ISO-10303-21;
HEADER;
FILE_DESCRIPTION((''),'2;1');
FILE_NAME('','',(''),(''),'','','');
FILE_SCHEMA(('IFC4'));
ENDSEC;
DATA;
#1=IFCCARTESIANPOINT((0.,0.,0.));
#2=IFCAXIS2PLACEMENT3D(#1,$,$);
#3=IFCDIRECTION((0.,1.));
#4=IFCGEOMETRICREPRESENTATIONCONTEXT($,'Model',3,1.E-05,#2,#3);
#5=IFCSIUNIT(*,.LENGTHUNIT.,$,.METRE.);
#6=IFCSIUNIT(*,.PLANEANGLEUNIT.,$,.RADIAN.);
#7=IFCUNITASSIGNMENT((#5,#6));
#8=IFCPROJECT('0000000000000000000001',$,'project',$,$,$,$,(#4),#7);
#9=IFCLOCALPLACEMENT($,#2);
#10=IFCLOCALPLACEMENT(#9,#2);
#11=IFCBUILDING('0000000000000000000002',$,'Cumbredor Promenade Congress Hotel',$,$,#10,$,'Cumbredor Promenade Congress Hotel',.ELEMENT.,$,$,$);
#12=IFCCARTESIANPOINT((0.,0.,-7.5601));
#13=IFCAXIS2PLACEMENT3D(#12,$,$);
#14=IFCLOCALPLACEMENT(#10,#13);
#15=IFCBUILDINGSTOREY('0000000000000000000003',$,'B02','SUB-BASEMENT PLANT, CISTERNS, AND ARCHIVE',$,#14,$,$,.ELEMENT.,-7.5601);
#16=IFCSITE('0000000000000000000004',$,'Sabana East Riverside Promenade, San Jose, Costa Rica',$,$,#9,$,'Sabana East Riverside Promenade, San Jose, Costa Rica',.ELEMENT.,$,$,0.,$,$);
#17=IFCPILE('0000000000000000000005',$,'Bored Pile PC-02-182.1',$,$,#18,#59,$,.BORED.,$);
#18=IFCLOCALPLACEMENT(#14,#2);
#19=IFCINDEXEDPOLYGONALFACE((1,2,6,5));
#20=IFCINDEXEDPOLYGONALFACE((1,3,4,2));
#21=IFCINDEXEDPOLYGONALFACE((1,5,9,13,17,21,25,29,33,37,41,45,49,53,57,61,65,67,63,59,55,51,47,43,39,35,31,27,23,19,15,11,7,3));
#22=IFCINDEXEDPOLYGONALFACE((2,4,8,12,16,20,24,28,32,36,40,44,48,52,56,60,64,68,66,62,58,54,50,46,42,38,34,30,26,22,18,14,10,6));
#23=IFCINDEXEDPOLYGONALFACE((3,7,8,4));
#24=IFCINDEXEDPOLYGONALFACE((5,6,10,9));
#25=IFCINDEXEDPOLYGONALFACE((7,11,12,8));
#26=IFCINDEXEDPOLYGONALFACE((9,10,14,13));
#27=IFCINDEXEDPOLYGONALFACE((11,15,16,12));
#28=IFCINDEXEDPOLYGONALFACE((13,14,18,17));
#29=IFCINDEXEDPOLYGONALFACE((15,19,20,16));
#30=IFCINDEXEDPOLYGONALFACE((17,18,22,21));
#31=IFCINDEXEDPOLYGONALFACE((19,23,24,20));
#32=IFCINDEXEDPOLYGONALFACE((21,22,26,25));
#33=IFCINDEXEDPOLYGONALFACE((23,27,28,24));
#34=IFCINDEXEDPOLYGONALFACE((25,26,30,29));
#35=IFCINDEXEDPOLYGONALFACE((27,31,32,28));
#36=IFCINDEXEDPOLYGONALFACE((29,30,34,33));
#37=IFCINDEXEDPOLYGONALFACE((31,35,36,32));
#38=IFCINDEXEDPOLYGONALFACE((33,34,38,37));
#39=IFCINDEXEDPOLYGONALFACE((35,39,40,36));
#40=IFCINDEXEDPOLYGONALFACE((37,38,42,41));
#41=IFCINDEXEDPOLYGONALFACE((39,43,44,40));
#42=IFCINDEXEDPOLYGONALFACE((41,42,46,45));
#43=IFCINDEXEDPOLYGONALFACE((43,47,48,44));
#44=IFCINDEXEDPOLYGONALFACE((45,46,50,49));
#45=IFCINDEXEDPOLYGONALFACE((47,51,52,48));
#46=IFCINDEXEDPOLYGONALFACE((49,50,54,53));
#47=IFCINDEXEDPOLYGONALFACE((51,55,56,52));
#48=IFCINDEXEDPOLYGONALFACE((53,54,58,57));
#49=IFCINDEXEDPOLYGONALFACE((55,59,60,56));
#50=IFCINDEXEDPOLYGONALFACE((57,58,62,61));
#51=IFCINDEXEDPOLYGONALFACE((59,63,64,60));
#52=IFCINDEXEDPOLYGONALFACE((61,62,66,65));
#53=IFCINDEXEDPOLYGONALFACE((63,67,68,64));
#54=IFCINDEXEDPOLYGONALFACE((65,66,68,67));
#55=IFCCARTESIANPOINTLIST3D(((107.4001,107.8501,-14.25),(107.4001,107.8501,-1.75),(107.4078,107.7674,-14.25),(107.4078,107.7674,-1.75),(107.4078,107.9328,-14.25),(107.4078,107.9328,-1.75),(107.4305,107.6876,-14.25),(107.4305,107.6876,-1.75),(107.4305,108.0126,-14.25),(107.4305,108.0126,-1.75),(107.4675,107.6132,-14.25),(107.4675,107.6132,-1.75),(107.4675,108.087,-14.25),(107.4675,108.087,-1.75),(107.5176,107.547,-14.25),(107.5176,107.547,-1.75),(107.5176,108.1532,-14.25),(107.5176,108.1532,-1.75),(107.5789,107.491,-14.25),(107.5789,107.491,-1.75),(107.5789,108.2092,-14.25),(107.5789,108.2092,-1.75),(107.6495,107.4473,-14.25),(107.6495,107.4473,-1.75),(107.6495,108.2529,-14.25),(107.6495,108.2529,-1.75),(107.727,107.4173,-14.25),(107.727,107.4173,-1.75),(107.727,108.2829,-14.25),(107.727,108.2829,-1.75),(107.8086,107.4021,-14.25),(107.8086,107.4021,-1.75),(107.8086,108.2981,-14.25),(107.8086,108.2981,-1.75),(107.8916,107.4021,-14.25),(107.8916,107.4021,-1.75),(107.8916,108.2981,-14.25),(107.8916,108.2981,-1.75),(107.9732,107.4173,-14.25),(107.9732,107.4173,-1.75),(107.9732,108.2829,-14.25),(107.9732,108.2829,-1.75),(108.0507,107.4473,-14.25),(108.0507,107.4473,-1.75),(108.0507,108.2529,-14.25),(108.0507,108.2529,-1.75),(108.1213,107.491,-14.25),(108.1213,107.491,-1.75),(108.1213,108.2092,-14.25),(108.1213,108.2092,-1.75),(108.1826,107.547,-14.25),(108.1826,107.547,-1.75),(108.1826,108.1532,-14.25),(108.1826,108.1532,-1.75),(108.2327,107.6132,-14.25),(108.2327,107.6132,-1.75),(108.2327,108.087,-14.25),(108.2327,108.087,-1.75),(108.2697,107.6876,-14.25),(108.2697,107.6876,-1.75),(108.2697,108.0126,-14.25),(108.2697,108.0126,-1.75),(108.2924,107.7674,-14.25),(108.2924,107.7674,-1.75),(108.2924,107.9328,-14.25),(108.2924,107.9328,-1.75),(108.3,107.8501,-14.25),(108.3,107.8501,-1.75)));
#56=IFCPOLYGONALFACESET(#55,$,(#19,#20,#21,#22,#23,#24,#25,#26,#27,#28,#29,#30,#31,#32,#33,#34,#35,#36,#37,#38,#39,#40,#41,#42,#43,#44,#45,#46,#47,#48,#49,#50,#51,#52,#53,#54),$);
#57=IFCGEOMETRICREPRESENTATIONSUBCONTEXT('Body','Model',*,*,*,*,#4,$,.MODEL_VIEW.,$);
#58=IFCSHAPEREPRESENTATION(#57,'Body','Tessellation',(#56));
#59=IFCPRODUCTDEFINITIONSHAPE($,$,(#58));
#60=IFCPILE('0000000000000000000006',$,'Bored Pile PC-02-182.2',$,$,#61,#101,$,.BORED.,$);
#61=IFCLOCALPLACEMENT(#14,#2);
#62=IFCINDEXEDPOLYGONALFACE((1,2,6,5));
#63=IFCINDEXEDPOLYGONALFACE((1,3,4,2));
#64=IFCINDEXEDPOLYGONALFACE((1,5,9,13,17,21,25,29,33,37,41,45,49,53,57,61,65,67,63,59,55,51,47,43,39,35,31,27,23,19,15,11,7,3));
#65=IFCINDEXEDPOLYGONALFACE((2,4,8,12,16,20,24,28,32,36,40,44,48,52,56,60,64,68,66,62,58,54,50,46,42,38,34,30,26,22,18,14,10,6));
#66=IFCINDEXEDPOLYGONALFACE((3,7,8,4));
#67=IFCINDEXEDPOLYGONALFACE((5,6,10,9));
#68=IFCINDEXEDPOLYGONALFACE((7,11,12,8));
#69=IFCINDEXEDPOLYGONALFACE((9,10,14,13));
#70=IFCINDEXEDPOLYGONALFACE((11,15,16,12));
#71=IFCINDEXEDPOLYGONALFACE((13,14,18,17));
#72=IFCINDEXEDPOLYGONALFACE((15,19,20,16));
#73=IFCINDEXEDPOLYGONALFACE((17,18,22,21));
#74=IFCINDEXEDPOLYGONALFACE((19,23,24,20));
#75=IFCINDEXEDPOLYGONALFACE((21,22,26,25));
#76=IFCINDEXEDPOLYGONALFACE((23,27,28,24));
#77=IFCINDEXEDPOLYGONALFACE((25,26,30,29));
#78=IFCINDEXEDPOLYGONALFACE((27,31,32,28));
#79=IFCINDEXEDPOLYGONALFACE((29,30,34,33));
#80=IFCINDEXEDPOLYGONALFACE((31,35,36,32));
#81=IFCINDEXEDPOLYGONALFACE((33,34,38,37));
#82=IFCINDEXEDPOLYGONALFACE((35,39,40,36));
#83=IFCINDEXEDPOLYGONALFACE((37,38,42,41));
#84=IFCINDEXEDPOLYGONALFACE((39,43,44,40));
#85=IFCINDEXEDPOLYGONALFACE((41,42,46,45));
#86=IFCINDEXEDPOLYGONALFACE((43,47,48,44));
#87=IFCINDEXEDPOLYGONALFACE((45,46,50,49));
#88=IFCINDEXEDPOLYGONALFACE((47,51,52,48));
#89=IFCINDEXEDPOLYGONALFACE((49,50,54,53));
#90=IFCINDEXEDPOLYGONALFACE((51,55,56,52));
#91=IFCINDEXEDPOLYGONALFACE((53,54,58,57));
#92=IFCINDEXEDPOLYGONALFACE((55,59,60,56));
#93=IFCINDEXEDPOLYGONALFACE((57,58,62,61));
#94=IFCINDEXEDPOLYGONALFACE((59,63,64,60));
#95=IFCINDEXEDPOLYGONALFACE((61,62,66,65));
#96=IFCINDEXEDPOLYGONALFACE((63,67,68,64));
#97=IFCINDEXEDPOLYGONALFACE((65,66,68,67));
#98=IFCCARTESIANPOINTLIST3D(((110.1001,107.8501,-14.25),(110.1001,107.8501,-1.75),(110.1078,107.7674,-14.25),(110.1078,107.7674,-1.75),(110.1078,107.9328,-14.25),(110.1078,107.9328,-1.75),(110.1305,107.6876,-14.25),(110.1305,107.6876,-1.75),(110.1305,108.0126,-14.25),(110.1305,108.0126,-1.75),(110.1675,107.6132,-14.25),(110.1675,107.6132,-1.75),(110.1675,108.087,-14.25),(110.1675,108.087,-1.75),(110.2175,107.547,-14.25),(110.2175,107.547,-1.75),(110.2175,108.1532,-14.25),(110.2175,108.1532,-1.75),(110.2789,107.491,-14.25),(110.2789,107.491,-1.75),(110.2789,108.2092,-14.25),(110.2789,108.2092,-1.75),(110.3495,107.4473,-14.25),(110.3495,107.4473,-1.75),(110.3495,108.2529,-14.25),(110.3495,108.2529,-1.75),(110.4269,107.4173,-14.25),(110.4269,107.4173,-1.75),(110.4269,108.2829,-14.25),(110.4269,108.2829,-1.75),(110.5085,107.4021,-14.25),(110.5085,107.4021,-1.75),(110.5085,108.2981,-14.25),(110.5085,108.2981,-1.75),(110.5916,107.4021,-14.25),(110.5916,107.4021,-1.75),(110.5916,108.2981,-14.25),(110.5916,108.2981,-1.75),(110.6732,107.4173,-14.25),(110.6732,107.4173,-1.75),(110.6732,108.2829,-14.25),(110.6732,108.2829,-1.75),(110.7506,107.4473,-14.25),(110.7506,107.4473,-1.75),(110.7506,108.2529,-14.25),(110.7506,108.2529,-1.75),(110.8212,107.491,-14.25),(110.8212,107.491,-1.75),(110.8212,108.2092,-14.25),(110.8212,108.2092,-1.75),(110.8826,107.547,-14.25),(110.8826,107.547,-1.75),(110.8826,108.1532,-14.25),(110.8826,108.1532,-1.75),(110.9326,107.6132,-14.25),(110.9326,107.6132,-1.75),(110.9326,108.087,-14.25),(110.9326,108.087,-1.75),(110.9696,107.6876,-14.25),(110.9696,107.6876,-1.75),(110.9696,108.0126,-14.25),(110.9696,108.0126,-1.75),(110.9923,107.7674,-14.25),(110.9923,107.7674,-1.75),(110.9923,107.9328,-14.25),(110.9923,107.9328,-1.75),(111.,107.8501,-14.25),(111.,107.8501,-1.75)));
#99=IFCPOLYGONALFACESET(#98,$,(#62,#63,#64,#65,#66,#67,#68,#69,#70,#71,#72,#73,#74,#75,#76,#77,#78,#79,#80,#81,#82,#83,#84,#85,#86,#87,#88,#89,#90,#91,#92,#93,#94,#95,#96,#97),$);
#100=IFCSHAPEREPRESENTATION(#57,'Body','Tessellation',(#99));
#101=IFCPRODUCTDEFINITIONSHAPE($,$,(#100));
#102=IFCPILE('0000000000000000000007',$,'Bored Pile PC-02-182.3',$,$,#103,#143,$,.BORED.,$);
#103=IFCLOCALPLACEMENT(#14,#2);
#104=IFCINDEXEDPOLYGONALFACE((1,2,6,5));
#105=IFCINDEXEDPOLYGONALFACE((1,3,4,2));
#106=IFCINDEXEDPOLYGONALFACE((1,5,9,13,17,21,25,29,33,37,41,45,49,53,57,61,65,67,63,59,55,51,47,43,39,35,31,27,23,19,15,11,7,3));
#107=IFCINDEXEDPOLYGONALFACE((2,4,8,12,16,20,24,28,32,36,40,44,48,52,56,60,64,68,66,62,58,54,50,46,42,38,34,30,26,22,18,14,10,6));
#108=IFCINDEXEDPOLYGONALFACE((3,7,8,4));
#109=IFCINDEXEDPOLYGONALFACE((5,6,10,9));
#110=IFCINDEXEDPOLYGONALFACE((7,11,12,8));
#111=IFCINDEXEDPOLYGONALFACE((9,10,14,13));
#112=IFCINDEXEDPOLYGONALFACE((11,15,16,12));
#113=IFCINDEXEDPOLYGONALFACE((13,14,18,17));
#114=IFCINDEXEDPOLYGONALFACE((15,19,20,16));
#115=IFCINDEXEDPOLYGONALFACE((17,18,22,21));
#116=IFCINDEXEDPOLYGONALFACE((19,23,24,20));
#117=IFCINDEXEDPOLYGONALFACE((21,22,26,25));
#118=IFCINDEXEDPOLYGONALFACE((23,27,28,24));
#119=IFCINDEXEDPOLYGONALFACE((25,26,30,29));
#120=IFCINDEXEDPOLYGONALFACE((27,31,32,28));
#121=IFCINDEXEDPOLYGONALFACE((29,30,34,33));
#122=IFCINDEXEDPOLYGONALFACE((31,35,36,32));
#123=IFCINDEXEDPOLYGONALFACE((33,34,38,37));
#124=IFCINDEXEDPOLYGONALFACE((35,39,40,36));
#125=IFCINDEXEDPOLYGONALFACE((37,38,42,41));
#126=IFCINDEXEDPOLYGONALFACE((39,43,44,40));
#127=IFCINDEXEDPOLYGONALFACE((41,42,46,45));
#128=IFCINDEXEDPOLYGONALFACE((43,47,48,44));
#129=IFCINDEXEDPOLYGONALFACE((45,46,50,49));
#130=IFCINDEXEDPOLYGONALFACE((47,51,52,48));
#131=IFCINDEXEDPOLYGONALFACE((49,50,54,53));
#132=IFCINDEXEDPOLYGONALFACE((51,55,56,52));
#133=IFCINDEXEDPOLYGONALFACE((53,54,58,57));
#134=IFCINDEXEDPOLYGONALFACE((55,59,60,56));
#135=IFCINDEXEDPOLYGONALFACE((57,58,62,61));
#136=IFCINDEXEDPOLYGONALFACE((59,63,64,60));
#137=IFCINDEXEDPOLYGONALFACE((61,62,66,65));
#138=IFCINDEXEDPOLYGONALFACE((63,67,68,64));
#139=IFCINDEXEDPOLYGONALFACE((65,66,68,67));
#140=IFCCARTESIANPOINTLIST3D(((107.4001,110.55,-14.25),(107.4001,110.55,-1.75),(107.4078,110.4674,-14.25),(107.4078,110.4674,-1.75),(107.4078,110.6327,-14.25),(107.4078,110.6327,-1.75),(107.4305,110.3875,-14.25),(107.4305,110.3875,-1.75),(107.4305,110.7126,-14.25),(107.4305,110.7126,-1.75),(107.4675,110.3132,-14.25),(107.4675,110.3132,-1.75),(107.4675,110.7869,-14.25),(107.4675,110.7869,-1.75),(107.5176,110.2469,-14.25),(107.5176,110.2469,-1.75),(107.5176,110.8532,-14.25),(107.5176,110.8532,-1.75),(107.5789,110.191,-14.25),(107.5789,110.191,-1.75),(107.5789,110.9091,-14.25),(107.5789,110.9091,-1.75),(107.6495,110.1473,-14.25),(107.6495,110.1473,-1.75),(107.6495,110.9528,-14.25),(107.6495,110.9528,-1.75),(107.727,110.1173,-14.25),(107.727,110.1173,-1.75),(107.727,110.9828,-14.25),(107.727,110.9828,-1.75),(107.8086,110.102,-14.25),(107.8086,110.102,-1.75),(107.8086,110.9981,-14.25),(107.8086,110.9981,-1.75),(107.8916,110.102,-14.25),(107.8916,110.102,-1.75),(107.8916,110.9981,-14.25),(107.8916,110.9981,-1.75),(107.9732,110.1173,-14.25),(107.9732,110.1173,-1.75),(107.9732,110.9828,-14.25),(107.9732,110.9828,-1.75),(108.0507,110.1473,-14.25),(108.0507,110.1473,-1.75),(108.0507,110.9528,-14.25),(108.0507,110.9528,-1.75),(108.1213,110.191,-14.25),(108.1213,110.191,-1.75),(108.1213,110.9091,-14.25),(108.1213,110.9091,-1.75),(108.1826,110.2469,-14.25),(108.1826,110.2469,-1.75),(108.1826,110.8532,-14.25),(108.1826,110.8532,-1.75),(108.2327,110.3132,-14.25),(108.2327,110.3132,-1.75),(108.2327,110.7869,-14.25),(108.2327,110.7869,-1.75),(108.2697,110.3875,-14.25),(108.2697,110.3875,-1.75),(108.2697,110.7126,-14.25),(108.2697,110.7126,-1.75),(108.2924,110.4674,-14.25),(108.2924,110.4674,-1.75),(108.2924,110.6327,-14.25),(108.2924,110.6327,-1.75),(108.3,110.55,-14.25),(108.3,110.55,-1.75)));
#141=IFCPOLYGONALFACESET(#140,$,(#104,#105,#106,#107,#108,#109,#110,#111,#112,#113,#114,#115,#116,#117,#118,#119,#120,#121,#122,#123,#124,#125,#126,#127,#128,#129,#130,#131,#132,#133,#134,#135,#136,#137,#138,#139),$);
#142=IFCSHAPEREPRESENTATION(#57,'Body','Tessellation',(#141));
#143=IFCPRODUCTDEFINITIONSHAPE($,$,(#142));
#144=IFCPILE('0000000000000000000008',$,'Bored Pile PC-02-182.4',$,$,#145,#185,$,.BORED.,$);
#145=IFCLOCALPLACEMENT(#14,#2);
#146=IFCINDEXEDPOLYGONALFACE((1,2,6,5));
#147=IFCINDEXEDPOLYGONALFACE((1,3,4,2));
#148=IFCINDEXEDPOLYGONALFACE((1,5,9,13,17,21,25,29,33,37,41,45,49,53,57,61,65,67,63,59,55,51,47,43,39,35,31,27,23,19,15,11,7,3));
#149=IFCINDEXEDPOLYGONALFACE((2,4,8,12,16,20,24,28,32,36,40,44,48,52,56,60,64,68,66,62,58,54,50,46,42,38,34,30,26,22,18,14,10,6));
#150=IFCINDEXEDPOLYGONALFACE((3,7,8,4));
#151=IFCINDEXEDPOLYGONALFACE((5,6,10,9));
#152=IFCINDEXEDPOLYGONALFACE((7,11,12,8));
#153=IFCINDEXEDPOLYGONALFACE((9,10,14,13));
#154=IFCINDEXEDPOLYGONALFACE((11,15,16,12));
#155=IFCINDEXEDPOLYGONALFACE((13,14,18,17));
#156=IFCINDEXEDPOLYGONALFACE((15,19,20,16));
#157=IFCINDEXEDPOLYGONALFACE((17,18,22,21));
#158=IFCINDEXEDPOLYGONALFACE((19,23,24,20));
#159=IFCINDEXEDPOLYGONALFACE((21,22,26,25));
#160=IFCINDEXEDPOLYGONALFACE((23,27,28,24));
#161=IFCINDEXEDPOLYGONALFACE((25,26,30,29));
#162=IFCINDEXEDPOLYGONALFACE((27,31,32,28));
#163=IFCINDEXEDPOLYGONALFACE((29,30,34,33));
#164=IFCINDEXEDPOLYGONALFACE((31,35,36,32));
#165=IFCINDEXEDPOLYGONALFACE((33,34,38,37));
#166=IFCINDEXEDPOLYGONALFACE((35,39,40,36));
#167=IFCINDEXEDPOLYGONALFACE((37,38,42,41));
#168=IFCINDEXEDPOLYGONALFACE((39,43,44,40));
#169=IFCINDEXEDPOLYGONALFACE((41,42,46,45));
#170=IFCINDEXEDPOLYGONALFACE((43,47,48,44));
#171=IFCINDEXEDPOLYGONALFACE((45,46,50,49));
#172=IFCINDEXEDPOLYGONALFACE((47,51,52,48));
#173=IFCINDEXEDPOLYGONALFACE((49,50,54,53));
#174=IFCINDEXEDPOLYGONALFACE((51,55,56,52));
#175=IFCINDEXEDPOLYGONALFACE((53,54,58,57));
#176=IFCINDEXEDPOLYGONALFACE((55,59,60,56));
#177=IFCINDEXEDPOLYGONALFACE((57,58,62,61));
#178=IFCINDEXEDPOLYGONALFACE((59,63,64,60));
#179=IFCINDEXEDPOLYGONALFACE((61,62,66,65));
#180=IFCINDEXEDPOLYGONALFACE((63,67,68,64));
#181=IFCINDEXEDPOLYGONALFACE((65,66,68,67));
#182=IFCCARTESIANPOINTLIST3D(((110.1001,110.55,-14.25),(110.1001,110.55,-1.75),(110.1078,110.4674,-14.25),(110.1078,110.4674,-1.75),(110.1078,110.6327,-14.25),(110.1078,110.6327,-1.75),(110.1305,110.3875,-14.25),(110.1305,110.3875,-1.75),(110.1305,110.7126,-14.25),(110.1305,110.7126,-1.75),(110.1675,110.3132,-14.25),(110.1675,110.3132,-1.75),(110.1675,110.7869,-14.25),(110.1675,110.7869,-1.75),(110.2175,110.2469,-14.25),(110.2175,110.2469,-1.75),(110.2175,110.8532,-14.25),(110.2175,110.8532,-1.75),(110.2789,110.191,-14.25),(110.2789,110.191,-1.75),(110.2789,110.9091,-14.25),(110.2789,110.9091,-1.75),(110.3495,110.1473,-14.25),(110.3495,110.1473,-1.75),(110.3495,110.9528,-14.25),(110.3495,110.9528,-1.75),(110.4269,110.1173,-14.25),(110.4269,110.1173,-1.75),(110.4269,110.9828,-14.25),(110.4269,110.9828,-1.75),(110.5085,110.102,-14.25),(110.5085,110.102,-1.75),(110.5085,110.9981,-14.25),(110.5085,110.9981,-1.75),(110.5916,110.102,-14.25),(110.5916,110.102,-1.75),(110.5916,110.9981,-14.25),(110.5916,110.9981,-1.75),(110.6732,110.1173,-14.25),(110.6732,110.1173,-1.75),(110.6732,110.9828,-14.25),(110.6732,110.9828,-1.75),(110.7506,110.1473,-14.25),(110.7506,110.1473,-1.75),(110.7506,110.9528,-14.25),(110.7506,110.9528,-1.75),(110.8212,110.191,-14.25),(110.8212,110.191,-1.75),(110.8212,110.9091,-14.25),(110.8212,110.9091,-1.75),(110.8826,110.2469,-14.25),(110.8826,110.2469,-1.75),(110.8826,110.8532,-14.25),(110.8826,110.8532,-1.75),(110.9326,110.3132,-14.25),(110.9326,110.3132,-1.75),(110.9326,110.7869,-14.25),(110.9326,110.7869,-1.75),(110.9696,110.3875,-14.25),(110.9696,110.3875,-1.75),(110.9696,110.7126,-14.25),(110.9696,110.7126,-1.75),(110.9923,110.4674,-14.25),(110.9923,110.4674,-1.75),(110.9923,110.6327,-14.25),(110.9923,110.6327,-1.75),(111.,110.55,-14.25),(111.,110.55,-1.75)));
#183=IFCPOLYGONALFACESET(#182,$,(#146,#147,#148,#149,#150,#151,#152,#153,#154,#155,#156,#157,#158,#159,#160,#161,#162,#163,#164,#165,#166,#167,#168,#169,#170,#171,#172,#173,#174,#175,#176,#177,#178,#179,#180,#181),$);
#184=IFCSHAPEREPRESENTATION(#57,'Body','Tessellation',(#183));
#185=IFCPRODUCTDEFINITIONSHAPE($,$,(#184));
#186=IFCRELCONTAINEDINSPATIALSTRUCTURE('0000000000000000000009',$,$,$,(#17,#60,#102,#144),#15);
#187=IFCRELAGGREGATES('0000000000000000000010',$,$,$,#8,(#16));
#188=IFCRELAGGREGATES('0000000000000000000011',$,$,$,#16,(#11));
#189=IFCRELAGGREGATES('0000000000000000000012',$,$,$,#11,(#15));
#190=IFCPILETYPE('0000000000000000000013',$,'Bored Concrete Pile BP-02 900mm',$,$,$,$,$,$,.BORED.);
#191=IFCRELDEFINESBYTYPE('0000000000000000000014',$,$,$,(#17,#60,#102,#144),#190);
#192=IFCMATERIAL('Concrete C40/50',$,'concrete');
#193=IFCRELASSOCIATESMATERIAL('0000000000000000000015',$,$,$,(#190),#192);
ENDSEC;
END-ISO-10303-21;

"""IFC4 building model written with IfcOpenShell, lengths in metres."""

from ifc_helpers import new_model, si_unit, direction, frame, origin, origin_2d, place, context, subcontext, project, spatial, circle, extrude, material, material_profile, profile_set, type_object, element, save


model = new_model("IFC4")

# Units and contexts
model_context = context("Model", 3, precision=1e-05, world=origin(), true_north=direction((0.0, 1.0)))
body_context = subcontext(model_context, "Body", "Model", "MODEL_VIEW")
ifc_project = project(units=[si_unit("LENGTHUNIT", "METRE"), si_unit("PLANEANGLEUNIT", "RADIAN")], contexts=[model_context])

# Site, building, storey
site_placement = place(None, origin())
site = spatial("IfcSite", under=ifc_project, at=site_placement, Name="Sabana East Riverside Promenade, San Jose, Costa Rica", LongName="Sabana East Riverside Promenade, San Jose, Costa Rica", CompositionType="ELEMENT", RefElevation=0.0)
building_placement = place(site_placement, origin())
building = spatial("IfcBuilding", under=site, at=building_placement, Name="Cumbredor Promenade Congress Hotel", LongName="Cumbredor Promenade Congress Hotel", CompositionType="ELEMENT")
storey_placement = place(building_placement, frame((0.0, 0.0, -7.5601)))
storey = spatial("IfcBuildingStorey", under=building, at=storey_placement, Name="B02", Description="SUB-BASEMENT PLANT, CISTERNS, AND ARCHIVE", CompositionType="ELEMENT", Elevation=-7.5601)

# Piles
ifc_material_1 = material(Name="Concrete C40/50", Category="concrete")
ifc_material_profile_1 = material_profile(ifc_material_1, circle(Radius=0.45, at=origin_2d()), Name="PILE D900")
ifc_profile_set_1 = profile_set([ifc_material_profile_1], Name="Concrete C40/50")
pile_type = type_object("IfcPileType", Name="Bored Concrete Pile BP-02 900mm", PredefinedType="BORED", material=ifc_profile_set_1)
for number, where, z_axis, x_axis, name in (
    (1, (107.8501, 107.8501, -1.75), (0.0, 0.0, -1.0), (1.0, 0.0, 0.0), "Bored Pile PC-02-182.1"),
    (2, (110.55, 107.8501, -1.75), (0.0, 0.0, -1.0), (1.0, 0.0, 0.0), "Bored Pile PC-02-182.2"),
    (3, (107.8501, 110.55, -1.75), (0.0, 0.0, -1.0), (1.0, 0.0, 0.0), "Bored Pile PC-02-182.3"),
    (4, (110.55, 110.55, -1.75), (0.0, 0.0, -1.0), (1.0, 0.0, 0.0), "Bored Pile PC-02-182.4"),
):
    element("IfcPile", number, at=place(storey_placement, frame(where, z_axis=z_axis, x_axis=x_axis)), inside=storey, type_object=pile_type, Name=name, PredefinedType="BORED", context=body_context, shape_type="SweptSolid", body=[
        extrude(circle(Radius=0.45, at=origin_2d()), origin(), (0.0, 0.0, 1.0), 12.5),
    ])

save(model, "model.ifc")
